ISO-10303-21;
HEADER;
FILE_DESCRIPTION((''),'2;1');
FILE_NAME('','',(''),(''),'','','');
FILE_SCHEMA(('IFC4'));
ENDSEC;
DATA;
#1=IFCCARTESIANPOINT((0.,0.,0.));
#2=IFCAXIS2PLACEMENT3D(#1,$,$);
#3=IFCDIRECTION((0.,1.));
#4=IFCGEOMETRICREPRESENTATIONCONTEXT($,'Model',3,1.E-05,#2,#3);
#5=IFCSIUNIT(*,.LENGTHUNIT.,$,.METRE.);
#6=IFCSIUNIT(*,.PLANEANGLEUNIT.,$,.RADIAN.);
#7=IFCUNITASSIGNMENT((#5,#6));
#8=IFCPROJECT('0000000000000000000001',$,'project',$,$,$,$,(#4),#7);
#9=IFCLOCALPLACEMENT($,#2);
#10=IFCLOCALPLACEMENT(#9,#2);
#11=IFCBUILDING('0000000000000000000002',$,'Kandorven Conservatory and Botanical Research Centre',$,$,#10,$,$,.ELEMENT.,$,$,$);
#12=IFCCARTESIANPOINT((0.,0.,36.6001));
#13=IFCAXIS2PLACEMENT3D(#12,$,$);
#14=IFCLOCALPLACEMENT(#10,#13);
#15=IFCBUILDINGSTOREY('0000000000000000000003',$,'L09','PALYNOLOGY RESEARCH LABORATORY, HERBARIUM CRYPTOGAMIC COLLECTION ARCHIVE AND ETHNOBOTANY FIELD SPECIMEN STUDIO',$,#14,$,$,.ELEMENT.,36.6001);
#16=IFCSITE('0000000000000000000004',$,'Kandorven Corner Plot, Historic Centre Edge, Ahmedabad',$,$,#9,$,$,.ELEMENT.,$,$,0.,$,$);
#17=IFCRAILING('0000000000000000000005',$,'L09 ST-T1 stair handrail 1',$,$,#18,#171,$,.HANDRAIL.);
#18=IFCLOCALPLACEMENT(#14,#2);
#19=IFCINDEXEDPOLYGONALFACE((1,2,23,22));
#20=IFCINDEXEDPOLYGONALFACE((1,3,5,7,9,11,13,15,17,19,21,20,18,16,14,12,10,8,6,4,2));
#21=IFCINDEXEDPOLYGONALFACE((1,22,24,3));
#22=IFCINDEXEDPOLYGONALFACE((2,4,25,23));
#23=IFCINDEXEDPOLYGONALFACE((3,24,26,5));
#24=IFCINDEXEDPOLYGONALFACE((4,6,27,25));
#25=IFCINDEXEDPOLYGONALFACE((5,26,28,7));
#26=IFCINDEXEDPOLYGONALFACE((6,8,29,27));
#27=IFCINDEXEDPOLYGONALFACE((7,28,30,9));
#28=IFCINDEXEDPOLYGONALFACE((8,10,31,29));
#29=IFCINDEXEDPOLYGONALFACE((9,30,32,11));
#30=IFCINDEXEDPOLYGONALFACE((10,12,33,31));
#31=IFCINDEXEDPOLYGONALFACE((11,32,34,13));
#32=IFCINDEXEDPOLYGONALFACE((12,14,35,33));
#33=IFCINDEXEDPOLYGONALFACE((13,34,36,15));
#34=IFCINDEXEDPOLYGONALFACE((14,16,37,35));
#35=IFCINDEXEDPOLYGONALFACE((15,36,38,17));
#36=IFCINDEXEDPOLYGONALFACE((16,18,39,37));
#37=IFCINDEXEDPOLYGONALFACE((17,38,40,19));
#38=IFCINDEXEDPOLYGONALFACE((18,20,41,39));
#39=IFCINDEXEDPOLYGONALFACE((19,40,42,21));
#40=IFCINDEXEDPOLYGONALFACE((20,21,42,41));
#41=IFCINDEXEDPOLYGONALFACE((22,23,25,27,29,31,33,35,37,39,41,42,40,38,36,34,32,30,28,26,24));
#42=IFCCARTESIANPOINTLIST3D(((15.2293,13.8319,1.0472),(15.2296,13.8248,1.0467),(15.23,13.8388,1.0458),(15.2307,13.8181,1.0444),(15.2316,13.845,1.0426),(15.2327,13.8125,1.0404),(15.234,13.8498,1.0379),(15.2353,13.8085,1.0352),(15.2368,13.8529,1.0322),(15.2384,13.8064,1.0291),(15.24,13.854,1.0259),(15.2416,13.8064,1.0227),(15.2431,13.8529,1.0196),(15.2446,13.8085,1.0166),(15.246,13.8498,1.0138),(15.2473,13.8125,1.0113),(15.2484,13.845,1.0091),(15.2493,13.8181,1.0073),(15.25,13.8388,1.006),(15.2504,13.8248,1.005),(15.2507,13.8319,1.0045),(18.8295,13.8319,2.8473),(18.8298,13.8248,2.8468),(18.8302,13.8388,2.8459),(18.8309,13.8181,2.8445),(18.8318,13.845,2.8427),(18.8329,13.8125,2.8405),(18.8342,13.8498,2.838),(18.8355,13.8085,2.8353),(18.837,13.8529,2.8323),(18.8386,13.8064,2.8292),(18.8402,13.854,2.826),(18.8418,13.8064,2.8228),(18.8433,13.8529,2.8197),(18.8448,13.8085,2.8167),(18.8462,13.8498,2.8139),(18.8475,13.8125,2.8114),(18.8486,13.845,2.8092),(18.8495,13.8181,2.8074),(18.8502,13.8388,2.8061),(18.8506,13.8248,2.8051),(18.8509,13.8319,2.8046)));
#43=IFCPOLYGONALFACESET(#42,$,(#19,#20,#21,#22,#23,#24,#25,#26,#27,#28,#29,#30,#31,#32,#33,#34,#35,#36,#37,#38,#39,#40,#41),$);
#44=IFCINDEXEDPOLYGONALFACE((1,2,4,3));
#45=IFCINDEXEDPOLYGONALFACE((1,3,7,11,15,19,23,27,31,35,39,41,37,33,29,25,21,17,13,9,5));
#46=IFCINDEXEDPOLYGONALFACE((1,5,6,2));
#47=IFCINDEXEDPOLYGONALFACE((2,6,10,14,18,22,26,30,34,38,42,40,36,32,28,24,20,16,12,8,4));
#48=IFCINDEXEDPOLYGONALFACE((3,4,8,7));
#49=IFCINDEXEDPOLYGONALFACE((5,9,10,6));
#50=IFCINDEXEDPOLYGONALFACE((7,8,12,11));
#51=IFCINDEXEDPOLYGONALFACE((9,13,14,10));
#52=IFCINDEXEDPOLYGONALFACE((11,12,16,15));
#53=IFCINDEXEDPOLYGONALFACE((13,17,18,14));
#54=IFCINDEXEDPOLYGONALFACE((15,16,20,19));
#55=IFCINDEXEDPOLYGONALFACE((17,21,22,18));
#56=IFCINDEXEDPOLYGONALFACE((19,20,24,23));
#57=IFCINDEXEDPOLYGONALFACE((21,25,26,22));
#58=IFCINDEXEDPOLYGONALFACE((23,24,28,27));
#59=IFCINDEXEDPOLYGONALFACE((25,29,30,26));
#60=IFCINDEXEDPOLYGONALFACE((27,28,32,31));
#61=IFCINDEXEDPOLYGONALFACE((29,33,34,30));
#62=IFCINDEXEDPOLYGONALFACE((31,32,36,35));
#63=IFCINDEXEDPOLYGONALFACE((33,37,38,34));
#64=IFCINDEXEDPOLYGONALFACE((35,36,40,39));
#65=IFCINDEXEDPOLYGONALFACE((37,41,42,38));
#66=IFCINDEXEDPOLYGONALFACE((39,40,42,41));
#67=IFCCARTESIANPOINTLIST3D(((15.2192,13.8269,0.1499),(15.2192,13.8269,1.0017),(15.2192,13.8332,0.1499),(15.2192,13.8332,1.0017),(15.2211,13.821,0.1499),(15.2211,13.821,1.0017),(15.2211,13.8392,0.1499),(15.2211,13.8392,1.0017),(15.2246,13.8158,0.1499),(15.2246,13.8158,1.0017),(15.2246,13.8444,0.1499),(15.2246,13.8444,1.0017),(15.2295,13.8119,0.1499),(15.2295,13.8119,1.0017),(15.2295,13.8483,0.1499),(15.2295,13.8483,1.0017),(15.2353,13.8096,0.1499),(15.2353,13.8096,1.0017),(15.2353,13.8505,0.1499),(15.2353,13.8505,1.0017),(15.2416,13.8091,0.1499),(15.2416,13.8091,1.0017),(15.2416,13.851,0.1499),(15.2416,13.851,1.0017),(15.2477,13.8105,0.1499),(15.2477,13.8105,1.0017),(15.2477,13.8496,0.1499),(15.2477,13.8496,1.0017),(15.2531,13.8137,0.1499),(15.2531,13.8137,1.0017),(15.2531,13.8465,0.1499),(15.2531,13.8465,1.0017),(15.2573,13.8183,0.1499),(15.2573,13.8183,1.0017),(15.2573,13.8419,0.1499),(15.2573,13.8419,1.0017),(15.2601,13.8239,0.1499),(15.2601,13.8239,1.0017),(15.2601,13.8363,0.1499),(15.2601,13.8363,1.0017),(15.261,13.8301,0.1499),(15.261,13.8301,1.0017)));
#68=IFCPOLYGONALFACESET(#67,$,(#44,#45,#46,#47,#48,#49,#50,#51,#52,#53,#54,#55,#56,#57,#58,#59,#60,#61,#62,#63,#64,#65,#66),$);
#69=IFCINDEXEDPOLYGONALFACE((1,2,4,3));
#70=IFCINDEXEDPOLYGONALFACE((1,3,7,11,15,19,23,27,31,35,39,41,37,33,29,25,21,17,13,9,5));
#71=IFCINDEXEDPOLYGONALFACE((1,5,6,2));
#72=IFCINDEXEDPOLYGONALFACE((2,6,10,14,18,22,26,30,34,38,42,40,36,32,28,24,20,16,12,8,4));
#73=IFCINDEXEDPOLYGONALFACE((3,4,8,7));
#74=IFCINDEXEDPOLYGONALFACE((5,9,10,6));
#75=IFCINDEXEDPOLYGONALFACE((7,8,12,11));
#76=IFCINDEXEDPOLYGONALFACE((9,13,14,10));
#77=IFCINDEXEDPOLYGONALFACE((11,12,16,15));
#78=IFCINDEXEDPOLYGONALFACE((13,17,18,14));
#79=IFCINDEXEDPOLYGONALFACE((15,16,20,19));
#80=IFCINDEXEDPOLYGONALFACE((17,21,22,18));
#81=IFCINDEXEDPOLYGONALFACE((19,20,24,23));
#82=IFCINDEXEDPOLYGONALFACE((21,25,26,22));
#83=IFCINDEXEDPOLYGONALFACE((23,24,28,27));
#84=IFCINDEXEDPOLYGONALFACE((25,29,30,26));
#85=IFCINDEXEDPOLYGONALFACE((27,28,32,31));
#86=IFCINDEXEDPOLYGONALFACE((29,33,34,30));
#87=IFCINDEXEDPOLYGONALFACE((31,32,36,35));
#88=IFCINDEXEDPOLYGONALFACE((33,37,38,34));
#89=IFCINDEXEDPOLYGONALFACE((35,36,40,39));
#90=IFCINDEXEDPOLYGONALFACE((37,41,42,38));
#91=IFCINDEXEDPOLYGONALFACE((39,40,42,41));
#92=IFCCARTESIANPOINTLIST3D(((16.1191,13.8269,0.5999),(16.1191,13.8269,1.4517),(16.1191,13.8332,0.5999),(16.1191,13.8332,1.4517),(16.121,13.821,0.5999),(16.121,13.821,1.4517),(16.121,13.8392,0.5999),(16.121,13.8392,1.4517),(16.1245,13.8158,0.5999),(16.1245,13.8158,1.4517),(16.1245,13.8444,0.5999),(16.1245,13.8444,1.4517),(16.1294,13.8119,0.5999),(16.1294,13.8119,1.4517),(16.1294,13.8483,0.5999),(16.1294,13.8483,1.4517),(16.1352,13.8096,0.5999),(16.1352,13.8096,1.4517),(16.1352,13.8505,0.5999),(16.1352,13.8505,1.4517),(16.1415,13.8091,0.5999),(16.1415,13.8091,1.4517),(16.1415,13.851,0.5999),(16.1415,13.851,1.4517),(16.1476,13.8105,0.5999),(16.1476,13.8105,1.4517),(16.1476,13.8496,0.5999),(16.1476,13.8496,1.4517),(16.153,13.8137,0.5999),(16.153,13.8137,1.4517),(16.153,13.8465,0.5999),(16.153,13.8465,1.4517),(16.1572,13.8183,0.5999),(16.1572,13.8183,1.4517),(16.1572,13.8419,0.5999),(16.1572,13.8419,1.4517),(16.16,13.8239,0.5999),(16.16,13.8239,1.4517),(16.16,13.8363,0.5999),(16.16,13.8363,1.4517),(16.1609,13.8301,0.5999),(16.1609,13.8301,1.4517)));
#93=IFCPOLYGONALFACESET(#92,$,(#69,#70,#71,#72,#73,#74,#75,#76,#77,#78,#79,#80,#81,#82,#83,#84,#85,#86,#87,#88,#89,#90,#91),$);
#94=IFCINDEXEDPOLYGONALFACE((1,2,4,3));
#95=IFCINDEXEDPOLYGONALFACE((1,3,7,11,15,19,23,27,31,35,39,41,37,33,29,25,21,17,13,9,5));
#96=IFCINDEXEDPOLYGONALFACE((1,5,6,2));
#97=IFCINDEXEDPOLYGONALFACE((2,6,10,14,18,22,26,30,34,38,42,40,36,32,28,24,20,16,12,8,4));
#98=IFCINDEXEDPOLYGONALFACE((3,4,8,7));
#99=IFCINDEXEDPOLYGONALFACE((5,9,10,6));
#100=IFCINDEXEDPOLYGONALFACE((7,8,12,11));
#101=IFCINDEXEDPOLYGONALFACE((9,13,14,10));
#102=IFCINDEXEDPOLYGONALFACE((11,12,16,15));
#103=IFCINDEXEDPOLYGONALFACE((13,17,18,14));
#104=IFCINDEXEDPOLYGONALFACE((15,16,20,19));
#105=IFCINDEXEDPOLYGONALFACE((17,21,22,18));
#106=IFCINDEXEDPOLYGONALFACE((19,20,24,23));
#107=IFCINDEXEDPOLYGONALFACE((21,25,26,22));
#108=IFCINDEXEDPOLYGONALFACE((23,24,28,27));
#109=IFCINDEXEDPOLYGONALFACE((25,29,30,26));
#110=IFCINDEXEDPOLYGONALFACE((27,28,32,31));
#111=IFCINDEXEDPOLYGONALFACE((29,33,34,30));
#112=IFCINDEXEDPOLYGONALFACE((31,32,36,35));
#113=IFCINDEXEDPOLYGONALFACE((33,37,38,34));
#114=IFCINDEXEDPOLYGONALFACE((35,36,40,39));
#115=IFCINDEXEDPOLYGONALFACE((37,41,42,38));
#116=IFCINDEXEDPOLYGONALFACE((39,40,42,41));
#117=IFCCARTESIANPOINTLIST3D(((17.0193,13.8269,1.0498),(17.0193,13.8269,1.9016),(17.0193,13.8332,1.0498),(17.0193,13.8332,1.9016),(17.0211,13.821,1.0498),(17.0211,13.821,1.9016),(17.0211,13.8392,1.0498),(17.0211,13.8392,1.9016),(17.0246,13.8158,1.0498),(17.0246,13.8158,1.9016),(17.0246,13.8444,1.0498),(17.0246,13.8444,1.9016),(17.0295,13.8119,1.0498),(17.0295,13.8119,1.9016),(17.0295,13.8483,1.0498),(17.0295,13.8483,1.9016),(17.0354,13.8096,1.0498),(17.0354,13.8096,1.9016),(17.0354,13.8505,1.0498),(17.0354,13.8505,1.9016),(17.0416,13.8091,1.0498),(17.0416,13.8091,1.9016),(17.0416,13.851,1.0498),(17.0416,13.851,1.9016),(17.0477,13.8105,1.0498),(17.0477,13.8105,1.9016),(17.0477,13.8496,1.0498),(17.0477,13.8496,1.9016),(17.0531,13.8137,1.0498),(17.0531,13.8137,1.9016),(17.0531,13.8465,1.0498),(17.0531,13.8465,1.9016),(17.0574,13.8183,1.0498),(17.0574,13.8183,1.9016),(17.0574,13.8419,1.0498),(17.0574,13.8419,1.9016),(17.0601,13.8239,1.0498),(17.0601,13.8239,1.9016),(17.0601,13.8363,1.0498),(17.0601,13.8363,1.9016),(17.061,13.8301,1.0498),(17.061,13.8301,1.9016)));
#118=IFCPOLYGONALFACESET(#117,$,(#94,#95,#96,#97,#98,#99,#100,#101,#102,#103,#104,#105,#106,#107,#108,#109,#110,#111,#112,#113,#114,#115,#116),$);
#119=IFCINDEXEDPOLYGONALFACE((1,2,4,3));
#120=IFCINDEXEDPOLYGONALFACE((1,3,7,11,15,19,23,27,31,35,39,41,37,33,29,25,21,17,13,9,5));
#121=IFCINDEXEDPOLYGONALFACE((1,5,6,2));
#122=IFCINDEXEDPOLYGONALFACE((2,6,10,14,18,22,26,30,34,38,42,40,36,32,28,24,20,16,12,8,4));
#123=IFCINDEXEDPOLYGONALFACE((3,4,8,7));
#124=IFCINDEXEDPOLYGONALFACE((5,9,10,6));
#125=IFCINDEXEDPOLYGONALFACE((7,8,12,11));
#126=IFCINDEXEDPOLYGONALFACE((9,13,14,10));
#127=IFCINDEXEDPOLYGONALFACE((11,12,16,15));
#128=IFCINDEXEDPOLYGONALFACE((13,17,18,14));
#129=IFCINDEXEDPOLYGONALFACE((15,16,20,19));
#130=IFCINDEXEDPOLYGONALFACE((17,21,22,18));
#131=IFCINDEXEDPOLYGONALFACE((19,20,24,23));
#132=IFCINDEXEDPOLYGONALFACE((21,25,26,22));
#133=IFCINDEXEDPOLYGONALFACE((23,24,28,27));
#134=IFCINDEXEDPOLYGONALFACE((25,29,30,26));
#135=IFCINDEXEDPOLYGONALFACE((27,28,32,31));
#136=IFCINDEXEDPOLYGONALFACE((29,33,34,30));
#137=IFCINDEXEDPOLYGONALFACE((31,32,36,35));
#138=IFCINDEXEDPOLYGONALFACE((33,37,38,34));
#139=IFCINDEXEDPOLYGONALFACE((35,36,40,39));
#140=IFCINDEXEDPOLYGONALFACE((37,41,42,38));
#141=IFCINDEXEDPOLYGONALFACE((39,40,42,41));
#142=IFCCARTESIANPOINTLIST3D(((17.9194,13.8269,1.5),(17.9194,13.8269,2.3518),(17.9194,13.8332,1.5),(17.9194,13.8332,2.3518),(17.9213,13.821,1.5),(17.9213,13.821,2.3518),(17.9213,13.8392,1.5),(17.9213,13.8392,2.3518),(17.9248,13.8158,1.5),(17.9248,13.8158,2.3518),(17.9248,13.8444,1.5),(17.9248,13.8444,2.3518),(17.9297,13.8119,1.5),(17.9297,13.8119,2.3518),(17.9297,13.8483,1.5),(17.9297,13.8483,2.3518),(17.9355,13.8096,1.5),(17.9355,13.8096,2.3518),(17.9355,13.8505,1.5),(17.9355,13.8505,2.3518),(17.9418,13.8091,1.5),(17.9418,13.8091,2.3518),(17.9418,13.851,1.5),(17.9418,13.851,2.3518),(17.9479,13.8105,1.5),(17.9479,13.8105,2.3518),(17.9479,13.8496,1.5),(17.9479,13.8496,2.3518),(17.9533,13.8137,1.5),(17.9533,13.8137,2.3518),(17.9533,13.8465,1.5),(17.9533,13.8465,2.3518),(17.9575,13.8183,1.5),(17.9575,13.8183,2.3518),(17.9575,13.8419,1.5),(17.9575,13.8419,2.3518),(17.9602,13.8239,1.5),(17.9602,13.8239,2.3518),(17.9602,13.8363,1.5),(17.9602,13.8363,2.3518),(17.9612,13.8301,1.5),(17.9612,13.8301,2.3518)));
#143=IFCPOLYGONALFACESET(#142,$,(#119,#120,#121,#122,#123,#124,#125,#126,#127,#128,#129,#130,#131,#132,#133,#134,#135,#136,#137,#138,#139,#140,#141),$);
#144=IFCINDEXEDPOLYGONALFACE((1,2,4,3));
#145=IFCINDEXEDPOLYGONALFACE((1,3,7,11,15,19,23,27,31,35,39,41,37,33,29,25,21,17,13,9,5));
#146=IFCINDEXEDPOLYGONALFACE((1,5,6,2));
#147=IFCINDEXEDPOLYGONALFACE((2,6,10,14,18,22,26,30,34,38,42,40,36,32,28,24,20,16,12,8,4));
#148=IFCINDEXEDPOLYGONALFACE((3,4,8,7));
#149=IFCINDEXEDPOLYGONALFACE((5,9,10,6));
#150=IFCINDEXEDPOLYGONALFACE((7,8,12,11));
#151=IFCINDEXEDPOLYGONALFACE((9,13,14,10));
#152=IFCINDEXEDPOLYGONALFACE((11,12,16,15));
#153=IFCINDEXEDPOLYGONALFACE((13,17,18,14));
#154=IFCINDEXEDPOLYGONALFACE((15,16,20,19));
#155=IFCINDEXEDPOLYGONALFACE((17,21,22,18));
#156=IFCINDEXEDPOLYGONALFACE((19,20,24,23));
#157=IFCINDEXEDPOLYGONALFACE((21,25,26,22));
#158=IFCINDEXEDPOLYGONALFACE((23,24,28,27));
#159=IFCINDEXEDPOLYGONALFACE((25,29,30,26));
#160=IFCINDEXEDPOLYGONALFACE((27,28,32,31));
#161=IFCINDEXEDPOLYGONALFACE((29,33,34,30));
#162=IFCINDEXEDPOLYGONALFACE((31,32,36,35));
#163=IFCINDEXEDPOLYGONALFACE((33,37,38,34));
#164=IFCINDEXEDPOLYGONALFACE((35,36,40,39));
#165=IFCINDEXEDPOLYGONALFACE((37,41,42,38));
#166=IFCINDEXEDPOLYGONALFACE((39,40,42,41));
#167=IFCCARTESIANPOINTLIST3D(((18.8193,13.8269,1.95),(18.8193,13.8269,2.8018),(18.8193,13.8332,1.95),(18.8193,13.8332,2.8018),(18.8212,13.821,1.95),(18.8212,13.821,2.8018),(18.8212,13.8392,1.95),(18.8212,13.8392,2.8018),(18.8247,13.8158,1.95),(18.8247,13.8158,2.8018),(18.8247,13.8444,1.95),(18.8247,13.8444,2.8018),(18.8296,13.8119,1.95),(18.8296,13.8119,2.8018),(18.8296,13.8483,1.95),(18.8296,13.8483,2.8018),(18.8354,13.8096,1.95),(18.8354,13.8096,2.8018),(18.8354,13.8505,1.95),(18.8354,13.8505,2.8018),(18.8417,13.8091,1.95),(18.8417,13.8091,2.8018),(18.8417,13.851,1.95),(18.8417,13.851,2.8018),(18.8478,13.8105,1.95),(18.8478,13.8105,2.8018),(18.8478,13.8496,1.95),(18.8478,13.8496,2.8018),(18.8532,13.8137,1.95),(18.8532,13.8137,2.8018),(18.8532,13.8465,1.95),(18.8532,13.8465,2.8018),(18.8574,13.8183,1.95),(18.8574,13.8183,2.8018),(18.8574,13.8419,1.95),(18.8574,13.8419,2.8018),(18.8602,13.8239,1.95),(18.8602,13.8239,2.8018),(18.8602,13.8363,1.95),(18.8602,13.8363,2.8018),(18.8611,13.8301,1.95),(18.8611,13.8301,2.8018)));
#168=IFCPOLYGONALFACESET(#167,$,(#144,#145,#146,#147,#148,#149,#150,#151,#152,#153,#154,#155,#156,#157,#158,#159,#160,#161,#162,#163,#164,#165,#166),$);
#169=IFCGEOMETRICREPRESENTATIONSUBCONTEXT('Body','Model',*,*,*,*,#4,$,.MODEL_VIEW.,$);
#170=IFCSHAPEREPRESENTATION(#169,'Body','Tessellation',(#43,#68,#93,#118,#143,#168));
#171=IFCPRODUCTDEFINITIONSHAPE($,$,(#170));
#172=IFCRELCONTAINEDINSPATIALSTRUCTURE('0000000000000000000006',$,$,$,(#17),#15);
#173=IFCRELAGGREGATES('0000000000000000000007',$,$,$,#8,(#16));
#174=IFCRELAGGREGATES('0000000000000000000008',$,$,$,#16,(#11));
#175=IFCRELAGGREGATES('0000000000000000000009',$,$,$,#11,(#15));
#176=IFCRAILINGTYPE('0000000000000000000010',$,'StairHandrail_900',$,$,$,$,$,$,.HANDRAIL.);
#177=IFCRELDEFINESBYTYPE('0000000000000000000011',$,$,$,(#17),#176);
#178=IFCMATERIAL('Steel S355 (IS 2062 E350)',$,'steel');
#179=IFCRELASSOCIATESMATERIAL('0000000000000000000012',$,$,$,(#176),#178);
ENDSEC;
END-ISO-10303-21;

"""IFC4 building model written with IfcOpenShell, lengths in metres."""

from ifc_helpers import new_model, si_unit, direction, frame, origin, origin_2d, place, context, subcontext, project, spatial, circle, extrude, material, type_object, element, save


model = new_model("IFC4")

# Units and contexts
model_context = context("Model", 3, precision=1e-05, world=origin(), true_north=direction((0.0, 1.0)))
body_context = subcontext(model_context, "Body", "Model", "MODEL_VIEW")
ifc_project = project(units=[si_unit("LENGTHUNIT", "METRE"), si_unit("PLANEANGLEUNIT", "RADIAN")], contexts=[model_context])

# Site, building, storey
site_placement = place(None, origin())
site = spatial("IfcSite", under=ifc_project, at=site_placement, Name="Kandorven Corner Plot, Historic Centre Edge, Ahmedabad", CompositionType="ELEMENT", RefElevation=0.0)
building_placement = place(site_placement, origin())
building = spatial("IfcBuilding", under=site, at=building_placement, Name="Kandorven Conservatory and Botanical Research Centre", CompositionType="ELEMENT")
storey_placement = place(building_placement, frame((0.0, 0.0, 36.6001)))
storey = spatial("IfcBuildingStorey", under=building, at=storey_placement, Name="L09", Description="PALYNOLOGY RESEARCH LABORATORY, HERBARIUM CRYPTOGAMIC COLLECTION ARCHIVE AND ETHNOBOTANY FIELD SPECIMEN STUDIO", CompositionType="ELEMENT", Elevation=36.6001)

# Railing
ifc_material_1 = material(Name="Steel S355 (IS 2062 E350)", Category="steel")
railing_type_1 = type_object("IfcRailingType", Name="StairHandrail_900", PredefinedType="HANDRAIL", material=ifc_material_1)
railing_1_placement = place(storey_placement, frame((15.24, 13.8301, 0.1499)))
element("IfcRailing", 1, at=railing_1_placement, inside=storey, type_object=railing_type_1, Name="L09 ST-T1 stair handrail 1", PredefinedType="HANDRAIL", context=body_context, shape_type="SweptSolid", body=[
    extrude(circle(Radius=0.0239, at=origin_2d()), frame((0.0, 0.0, 0.876), z_axis=(0.894427, 0.0, 0.447214), x_axis=(0.0, 1.0, 0.0)), (0.0, 0.0, 1.0), 4.0251),
    extrude(circle(Radius=0.021, at=origin_2d()), origin(), (0.0, 0.0, 1.0), 0.8518),
    extrude(circle(Radius=0.021, at=origin_2d()), frame((0.8999, 0.0, 0.45)), (0.0, 0.0, 1.0), 0.8518),
    extrude(circle(Radius=0.021, at=origin_2d()), frame((1.8, 0.0, 0.8999)), (0.0, 0.0, 1.0), 0.8518),
    extrude(circle(Radius=0.021, at=origin_2d()), frame((2.7002, 0.0, 1.3501)), (0.0, 0.0, 1.0), 0.8518),
    extrude(circle(Radius=0.021, at=origin_2d()), frame((3.6001, 0.0, 1.8)), (0.0, 0.0, 1.0), 0.8518),
])

save(model, "model.ifc")
